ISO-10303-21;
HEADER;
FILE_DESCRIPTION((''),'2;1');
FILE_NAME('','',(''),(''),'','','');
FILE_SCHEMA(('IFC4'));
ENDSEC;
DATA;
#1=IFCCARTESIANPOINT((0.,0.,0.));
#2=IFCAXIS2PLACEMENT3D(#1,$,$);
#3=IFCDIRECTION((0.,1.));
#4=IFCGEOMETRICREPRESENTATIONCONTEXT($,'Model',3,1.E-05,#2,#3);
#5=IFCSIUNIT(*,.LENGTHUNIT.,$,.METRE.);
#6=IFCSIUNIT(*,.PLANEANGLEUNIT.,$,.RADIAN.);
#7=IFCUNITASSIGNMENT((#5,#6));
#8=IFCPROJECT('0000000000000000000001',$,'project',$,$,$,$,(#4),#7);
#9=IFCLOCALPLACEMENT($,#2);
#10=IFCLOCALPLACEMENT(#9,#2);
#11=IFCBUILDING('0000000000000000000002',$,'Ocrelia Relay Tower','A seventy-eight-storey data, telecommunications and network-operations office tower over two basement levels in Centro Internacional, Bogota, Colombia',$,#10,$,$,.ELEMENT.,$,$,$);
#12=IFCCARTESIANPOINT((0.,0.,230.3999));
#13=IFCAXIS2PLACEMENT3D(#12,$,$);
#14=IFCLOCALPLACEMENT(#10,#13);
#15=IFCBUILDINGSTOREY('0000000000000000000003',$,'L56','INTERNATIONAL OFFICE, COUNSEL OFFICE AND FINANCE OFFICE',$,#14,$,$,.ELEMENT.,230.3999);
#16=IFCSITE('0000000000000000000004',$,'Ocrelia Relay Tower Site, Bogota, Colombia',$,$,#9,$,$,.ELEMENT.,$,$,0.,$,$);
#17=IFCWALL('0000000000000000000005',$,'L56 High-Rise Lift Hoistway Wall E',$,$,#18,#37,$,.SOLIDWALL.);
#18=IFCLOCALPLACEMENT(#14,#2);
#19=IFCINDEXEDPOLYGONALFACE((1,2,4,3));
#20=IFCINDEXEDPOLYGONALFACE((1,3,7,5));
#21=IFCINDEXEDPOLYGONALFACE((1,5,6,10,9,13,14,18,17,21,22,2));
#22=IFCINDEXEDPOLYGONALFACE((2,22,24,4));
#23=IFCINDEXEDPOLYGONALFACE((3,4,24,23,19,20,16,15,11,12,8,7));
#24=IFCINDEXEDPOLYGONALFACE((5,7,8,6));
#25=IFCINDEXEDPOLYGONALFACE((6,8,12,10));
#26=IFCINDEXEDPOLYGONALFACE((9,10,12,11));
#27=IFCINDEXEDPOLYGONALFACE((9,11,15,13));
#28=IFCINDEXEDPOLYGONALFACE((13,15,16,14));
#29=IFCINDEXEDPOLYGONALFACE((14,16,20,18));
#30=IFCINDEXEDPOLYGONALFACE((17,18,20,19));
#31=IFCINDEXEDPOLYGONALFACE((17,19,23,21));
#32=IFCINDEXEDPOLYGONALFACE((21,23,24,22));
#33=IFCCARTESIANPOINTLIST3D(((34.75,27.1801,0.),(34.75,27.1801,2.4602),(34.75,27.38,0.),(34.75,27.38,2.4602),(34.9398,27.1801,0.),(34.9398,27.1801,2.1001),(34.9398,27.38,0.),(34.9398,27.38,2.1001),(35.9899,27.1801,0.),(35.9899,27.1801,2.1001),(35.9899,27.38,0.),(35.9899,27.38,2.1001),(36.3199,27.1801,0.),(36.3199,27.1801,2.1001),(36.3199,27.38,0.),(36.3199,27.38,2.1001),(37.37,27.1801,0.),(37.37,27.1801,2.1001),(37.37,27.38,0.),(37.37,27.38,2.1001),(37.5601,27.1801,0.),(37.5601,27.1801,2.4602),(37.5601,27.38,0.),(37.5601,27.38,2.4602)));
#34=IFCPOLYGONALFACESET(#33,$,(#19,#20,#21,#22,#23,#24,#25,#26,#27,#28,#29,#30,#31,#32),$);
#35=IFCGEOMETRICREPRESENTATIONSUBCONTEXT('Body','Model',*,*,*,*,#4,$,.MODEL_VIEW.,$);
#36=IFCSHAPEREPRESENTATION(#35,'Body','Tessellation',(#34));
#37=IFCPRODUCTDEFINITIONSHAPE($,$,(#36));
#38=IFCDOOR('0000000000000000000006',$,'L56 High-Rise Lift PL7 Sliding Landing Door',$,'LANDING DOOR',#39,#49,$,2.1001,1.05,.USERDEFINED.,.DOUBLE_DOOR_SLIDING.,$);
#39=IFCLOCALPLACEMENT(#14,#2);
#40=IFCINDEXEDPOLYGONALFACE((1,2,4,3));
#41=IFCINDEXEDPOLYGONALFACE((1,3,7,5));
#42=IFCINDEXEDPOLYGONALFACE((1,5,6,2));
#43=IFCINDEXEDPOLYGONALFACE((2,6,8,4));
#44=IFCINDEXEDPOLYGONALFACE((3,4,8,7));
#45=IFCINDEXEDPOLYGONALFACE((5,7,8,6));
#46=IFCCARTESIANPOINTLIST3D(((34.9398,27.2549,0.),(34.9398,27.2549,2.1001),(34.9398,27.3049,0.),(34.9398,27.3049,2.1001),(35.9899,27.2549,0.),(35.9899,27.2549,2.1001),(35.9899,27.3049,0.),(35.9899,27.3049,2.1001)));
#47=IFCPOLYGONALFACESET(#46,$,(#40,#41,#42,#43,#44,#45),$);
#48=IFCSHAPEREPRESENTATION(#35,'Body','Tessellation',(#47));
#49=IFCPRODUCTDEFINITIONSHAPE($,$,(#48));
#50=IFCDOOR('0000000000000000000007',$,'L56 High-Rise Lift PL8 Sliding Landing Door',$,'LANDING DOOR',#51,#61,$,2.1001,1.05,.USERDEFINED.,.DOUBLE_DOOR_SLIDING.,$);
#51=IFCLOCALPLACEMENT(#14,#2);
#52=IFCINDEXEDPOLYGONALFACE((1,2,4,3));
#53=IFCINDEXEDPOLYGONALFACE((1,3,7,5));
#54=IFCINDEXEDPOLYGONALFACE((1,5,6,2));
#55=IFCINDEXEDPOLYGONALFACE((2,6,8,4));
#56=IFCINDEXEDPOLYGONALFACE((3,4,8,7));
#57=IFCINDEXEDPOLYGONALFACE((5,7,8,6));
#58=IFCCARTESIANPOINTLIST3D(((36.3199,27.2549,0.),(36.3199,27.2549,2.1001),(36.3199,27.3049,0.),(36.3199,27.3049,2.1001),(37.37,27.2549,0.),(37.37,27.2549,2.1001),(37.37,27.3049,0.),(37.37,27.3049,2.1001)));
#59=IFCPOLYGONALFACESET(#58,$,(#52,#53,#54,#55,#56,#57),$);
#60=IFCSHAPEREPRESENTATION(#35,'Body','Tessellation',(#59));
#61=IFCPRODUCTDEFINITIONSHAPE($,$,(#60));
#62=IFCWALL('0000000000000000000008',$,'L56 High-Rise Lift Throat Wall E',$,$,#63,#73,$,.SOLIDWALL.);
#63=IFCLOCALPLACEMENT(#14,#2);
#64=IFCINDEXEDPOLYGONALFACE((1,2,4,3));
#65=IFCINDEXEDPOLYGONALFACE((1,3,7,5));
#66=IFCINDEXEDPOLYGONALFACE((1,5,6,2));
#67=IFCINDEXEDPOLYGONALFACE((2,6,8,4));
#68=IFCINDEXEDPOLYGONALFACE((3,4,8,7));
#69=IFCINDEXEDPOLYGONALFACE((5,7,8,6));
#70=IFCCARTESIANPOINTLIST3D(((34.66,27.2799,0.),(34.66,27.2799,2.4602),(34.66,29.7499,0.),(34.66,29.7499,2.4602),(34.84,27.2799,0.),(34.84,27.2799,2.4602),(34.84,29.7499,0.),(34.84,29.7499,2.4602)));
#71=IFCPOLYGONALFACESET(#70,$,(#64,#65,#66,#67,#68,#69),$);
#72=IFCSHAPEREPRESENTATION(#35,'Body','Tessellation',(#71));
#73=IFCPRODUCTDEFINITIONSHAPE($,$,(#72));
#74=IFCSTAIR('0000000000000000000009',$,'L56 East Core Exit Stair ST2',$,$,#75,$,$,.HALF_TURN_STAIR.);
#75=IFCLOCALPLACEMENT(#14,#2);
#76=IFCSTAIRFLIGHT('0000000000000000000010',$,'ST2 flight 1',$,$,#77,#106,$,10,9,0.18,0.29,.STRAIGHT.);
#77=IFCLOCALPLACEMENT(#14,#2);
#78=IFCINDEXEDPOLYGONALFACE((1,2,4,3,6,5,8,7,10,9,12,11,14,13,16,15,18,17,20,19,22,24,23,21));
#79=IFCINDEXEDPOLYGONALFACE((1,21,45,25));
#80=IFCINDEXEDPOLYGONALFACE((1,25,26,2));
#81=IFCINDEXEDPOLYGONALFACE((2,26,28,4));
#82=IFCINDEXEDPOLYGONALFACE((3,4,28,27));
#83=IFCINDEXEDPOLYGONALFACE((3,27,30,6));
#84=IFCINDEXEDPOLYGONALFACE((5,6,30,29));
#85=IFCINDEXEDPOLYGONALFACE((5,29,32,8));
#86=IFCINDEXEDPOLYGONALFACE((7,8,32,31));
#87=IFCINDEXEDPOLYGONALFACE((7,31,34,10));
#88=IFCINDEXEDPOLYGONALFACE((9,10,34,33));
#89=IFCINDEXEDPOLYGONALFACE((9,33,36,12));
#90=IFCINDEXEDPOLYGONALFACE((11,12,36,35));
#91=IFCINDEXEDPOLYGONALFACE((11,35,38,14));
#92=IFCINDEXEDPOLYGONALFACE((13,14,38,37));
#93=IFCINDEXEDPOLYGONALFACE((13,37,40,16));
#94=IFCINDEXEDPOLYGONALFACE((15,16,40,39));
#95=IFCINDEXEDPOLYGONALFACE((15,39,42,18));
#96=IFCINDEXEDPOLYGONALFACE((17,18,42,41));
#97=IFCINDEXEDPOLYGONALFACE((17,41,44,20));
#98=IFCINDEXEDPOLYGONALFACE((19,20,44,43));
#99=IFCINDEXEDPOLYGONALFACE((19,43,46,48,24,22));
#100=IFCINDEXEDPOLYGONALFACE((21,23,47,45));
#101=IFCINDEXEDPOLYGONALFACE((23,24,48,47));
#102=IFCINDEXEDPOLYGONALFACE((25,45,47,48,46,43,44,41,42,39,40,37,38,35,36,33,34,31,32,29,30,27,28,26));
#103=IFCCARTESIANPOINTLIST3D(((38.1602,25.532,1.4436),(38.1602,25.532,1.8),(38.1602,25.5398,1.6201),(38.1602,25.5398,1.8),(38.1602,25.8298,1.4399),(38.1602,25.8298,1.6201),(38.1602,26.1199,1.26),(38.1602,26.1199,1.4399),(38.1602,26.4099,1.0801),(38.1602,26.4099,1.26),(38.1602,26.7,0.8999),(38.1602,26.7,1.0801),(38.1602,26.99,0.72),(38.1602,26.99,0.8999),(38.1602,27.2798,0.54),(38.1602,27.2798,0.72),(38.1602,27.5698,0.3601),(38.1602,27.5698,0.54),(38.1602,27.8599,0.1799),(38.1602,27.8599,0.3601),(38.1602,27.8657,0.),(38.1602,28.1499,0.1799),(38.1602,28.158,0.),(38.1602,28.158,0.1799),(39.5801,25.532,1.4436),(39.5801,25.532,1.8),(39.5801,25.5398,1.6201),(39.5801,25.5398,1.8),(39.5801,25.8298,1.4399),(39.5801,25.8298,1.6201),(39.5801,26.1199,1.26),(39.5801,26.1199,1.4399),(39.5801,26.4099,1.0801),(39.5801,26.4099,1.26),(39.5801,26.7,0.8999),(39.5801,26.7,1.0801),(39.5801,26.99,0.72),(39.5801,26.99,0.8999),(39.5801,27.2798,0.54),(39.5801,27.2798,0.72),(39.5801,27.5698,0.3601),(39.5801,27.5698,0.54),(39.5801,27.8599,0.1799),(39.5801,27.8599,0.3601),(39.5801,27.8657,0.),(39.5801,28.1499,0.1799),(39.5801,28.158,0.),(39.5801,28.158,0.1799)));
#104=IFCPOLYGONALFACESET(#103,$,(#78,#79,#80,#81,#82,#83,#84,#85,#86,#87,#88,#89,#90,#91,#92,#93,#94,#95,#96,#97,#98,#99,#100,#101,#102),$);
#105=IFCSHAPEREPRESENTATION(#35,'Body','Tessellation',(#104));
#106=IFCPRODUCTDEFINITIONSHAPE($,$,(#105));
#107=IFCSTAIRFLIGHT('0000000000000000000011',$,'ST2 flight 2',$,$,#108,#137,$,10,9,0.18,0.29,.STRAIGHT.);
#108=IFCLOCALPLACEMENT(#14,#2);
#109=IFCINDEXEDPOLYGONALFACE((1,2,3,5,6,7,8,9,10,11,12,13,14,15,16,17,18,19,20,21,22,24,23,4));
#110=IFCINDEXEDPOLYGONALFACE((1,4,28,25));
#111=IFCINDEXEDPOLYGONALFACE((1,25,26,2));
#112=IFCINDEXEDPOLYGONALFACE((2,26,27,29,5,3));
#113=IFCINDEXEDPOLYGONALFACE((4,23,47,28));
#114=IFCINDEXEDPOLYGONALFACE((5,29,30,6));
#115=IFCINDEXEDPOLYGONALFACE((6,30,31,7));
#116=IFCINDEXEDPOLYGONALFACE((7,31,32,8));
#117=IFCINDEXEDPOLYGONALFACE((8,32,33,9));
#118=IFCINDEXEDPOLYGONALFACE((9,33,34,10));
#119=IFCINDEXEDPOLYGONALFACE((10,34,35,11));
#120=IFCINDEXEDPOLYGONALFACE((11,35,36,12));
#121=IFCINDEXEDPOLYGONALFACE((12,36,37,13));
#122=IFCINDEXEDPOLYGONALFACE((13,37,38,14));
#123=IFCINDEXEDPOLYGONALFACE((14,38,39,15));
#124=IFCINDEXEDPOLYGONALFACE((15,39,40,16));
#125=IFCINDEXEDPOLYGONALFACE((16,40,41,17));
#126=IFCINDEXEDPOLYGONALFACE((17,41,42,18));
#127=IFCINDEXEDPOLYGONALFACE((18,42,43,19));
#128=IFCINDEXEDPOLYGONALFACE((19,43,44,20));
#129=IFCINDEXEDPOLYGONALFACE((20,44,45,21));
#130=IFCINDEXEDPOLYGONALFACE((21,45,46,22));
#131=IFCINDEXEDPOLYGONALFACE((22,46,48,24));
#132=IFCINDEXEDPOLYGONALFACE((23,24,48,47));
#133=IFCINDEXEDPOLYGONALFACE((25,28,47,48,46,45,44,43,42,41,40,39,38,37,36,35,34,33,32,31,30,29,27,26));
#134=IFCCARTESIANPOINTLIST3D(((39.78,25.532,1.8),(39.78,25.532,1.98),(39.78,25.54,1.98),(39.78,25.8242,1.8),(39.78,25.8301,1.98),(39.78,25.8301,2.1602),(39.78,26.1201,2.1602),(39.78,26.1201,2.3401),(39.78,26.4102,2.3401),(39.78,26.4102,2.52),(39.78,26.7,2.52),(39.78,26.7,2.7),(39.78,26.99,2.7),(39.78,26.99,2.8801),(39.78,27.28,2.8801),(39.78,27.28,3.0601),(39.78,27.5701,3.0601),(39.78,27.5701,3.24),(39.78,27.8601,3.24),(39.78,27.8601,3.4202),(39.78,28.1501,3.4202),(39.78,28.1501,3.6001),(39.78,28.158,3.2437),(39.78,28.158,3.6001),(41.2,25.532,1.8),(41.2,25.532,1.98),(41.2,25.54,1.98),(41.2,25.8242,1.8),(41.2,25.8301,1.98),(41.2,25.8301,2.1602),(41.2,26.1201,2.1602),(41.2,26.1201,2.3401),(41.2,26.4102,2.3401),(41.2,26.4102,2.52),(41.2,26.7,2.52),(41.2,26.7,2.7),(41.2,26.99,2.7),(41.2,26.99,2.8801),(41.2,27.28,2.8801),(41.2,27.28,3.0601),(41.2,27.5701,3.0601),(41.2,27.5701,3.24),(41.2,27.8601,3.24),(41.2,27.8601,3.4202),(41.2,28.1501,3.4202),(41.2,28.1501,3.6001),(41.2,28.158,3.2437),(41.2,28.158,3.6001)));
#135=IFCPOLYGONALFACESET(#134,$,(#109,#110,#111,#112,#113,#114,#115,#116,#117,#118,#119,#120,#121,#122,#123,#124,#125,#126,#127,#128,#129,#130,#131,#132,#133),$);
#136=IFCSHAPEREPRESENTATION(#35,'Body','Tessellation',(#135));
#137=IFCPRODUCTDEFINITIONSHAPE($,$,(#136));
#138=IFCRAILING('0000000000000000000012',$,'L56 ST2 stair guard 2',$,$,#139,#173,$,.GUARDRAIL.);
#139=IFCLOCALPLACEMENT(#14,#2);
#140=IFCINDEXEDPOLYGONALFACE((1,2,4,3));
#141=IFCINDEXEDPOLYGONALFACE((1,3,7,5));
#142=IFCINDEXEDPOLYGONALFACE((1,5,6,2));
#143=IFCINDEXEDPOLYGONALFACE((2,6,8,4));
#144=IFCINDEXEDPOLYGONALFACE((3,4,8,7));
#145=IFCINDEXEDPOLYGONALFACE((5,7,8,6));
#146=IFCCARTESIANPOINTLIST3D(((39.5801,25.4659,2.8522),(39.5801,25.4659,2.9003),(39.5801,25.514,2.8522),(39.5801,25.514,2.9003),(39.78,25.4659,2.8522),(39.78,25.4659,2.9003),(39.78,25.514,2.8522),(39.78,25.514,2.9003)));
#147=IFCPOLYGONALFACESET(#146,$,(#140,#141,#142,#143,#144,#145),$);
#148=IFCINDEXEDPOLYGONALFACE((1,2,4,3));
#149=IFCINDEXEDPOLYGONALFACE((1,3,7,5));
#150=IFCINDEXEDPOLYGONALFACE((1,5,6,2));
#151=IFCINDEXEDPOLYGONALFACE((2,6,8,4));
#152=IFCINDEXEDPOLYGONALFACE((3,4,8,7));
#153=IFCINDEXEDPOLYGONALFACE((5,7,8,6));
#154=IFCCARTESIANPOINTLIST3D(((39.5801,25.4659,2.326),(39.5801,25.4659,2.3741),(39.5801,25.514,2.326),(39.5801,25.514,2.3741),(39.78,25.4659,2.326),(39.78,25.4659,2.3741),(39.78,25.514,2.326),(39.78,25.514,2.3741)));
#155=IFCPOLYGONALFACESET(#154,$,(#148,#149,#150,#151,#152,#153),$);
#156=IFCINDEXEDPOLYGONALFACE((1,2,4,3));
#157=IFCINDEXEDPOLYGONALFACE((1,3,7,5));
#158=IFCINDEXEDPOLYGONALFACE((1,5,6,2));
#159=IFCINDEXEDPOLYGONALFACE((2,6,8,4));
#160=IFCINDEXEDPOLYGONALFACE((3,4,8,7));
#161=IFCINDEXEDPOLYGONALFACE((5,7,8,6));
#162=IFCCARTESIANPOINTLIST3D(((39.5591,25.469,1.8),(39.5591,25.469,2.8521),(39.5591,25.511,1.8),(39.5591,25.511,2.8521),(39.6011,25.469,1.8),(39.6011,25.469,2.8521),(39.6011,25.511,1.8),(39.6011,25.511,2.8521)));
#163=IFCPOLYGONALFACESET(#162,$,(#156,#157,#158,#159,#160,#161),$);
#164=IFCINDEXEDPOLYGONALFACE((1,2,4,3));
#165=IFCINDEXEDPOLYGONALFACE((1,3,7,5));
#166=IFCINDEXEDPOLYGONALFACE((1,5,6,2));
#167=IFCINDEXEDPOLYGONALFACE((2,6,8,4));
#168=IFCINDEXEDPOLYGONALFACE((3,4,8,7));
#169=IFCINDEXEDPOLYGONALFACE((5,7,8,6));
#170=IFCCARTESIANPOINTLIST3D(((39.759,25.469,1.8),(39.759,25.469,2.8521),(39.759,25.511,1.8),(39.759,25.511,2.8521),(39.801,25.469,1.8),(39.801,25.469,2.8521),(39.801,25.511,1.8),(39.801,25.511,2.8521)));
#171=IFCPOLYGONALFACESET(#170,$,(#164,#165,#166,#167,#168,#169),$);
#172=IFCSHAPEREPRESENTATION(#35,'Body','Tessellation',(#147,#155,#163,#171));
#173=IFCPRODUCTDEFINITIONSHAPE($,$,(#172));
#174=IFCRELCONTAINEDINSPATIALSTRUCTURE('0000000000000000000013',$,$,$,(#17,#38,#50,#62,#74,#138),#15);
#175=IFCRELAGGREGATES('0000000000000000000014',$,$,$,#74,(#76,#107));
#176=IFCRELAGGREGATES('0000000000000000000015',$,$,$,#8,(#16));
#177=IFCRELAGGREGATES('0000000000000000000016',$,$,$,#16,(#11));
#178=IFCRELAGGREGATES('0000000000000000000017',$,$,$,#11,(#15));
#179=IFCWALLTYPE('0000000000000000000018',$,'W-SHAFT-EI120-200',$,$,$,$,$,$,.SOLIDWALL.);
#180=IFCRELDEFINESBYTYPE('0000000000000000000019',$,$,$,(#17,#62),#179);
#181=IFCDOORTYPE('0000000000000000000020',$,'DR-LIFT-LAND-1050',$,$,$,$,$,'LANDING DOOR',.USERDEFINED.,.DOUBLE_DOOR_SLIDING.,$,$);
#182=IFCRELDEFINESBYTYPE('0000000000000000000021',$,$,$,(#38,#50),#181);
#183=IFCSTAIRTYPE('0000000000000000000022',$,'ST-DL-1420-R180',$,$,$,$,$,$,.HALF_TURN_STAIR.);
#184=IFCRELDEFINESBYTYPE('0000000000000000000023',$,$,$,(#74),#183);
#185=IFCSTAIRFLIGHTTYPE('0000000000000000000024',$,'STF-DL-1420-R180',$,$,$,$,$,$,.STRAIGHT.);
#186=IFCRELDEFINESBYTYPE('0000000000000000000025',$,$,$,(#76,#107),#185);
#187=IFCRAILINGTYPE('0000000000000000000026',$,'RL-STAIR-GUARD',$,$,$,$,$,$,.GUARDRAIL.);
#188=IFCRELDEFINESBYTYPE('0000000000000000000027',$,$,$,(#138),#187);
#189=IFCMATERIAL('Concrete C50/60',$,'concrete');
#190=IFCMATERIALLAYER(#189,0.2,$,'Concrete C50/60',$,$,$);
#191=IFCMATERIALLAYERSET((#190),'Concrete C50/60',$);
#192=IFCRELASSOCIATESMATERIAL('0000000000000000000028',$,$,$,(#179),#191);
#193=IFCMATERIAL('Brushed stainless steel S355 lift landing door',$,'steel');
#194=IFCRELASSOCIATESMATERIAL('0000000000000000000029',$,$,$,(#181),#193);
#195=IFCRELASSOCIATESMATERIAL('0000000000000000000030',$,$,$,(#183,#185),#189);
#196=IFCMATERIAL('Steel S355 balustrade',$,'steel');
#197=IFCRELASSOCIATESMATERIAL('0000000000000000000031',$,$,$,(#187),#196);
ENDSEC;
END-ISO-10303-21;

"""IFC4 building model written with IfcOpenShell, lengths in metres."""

from ifc_helpers import new_model, si_unit, direction, frame, frame_2d, origin, origin_2d, place, context, subcontext, project, spatial, polyline, rectangle, outline, extrude, material, layer, layer_set, type_object, element, fill, aggregate, save


model = new_model("IFC4")

# Units and contexts
model_context = context("Model", 3, precision=1e-05, world=origin(), true_north=direction((0.0, 1.0)))
body_context = subcontext(model_context, "Body", "Model", "MODEL_VIEW")
ifc_project = project(units=[si_unit("LENGTHUNIT", "METRE"), si_unit("PLANEANGLEUNIT", "RADIAN")], contexts=[model_context])

# Site, building, storey
site_placement = place(None, origin())
site = spatial("IfcSite", under=ifc_project, at=site_placement, Name="Ocrelia Relay Tower Site, Bogota, Colombia", CompositionType="ELEMENT", RefElevation=0.0)
building_placement = place(site_placement, origin())
building = spatial("IfcBuilding", under=site, at=building_placement, Name="Ocrelia Relay Tower", Description="A seventy-eight-storey data, telecommunications and network-operations office tower over two basement levels in Centro Internacional, Bogota, Colombia", CompositionType="ELEMENT")
storey_placement = place(building_placement, frame((0.0, 0.0, 230.3999)))
storey = spatial("IfcBuildingStorey", under=building, at=storey_placement, Name="L56", Description="INTERNATIONAL OFFICE, COUNSEL OFFICE AND FINANCE OFFICE", CompositionType="ELEMENT", Elevation=230.3999)

# Shared definitions
ifc_material_1 = material(Name="Concrete C50/60", Category="concrete")

# Shared definitions
ifc_layer_1 = layer(ifc_material_1, 0.2, Name="Concrete C50/60")
ifc_layer_set_1 = layer_set([ifc_layer_1], Name="Concrete C50/60")
wall_type_1 = type_object("IfcWallType", Name="W-SHAFT-EI120-200", PredefinedType="SOLIDWALL", material=ifc_layer_set_1)

# Wall, openings, doors
wall_1_placement = place(storey_placement, frame((34.75, 27.28, 0.0), z_axis=(0.0, 0.0, 1.0), x_axis=(1.0, 0.0, 0.0)))
wall_1 = element("IfcWall", 1, at=wall_1_placement, inside=storey, type_object=wall_type_1, Name="L56 High-Rise Lift Hoistway Wall E", PredefinedType="SOLIDWALL", context=body_context, shape_type="SweptSolid", body=[
    extrude(rectangle(XDim=2.8101, YDim=0.2, at=frame_2d((1.405, 0.0))), origin(), (0.0, 0.0, 1.0), 2.4602),
])
opening_1_placement = place(wall_1_placement, frame((0.1899, 0.0, 0.0)))
opening_1 = element("IfcOpeningElement", 2, at=opening_1_placement, cuts=wall_1, PredefinedType="OPENING", context=body_context, shape_type="SweptSolid", body=[
    extrude(rectangle(XDim=1.05, YDim=2.1001, at=frame_2d((0.5249, 1.05))), frame((0.0, 0.1099, 0.0), z_axis=(0.0, -1.0, 0.0), x_axis=(1.0, 0.0, 0.0)), (0.0, 0.0, 1.0), 0.22),
])
opening_2_placement = place(wall_1_placement, frame((1.5701, 0.0, 0.0)))
opening_2 = element("IfcOpeningElement", 3, at=opening_2_placement, cuts=wall_1, PredefinedType="OPENING", context=body_context, shape_type="SweptSolid", body=[
    extrude(rectangle(XDim=1.05, YDim=2.1001, at=frame_2d((0.5249, 1.05))), frame((0.0, 0.1099, 0.0), z_axis=(0.0, -1.0, 0.0), x_axis=(1.0, 0.0, 0.0)), (0.0, 0.0, 1.0), 0.22),
])
ifc_material_2 = material(Name="Brushed stainless steel S355 lift landing door", Category="steel")
door_type = type_object("IfcDoorType", Name="DR-LIFT-LAND-1050", ElementType="LANDING DOOR", OperationType="DOUBLE_DOOR_SLIDING", PredefinedType="USERDEFINED", material=ifc_material_2)
door_1_placement = place(opening_1_placement, origin())
door_1 = element("IfcDoor", 4, at=door_1_placement, inside=storey, type_object=door_type, Name="L56 High-Rise Lift PL7 Sliding Landing Door", ObjectType="LANDING DOOR", OperationType="DOUBLE_DOOR_SLIDING", OverallHeight=2.1001, OverallWidth=1.05, PredefinedType="USERDEFINED", context=body_context, shape_type="SweptSolid", body=[
    extrude(rectangle(XDim=1.05, YDim=2.1001, at=frame_2d((0.5249, 1.05))), frame((0.0, 0.0249, 0.0), z_axis=(0.0, -1.0, 0.0), x_axis=(1.0, 0.0, 0.0)), (0.0, 0.0, 1.0), 0.05),
])
fill(opening_1, door_1)
door_2_placement = place(opening_2_placement, origin())
door_2 = element("IfcDoor", 5, at=door_2_placement, inside=storey, type_object=door_type, Name="L56 High-Rise Lift PL8 Sliding Landing Door", ObjectType="LANDING DOOR", OperationType="DOUBLE_DOOR_SLIDING", OverallHeight=2.1001, OverallWidth=1.05, PredefinedType="USERDEFINED", context=body_context, shape_type="SweptSolid", body=[
    extrude(rectangle(XDim=1.05, YDim=2.1001, at=frame_2d((0.5249, 1.05))), frame((0.0, 0.0249, 0.0), z_axis=(0.0, -1.0, 0.0), x_axis=(1.0, 0.0, 0.0)), (0.0, 0.0, 1.0), 0.05),
])
fill(opening_2, door_2)

# Wall
wall_2_placement = place(storey_placement, frame((34.75, 27.28, 0.0), z_axis=(0.0, 0.0, 1.0), x_axis=(0.0, 1.0, 0.0)))
element("IfcWall", 6, at=wall_2_placement, inside=storey, type_object=wall_type_1, Name="L56 High-Rise Lift Throat Wall E", PredefinedType="SOLIDWALL", context=body_context, shape_type="SweptSolid", body=[
    extrude(rectangle(XDim=2.47, YDim=0.1799, at=frame_2d((1.2349, 0.0))), origin(), (0.0, 0.0, 1.0), 2.4602),
])

# Stair, stair flights
stair_type = type_object("IfcStairType", Name="ST-DL-1420-R180", PredefinedType="HALF_TURN_STAIR", material=ifc_material_1)
stair_placement = place(storey_placement, origin())
stair = element("IfcStair", 7, at=stair_placement, inside=storey, type_object=stair_type, Name="L56 East Core Exit Stair ST2", PredefinedType="HALF_TURN_STAIR")
stair_flight_type = type_object("IfcStairFlightType", Name="STF-DL-1420-R180", PredefinedType="STRAIGHT", material=ifc_material_1)
stair_flight_1_placement = place(storey_placement, frame((38.8701, 28.1499, 0.0), z_axis=(0.0, 0.0, 1.0), x_axis=(0.0, -1.0, 0.0)))
stair_flight_1 = element("IfcStairFlight", 8, at=stair_flight_1_placement, type_object=stair_flight_type, Name="ST2 flight 1", NumberOfRisers=10, NumberOfTreads=9, PredefinedType="STRAIGHT", RiserHeight=0.18, TreadLength=0.29, context=body_context, shape_type="SweptSolid", body=[
    extrude(outline(polyline([(-0.0081, 0.0), (-0.0081, 0.1799), (0.0, 0.1799), (0.29, 0.1799), (0.29, 0.3601), (0.5801, 0.3601), (0.5801, 0.54), (0.8701, 0.54), (0.8701, 0.72), (1.1599, 0.72), (1.1599, 0.8999), (1.45, 0.8999), (1.45, 1.0801), (1.74, 1.0801), (1.74, 1.26), (2.03, 1.26), (2.03, 1.4399), (2.3201, 1.4399), (2.3201, 1.6201), (2.6101, 1.6201), (2.6101, 1.8), (2.6179, 1.8), (2.6179, 1.4436), (0.2842, 0.0), (-0.0081, 0.0)])), frame((0.0, 0.71, 0.0), z_axis=(0.0, -1.0, 0.0), x_axis=(1.0, 0.0, 0.0)), (0.0, 0.0, 1.0), 1.4199),
])
stair_flight_2_placement = place(storey_placement, frame((40.49, 25.54, 1.8), z_axis=(0.0, 0.0, 1.0), x_axis=(0.0, 1.0, 0.0)))
stair_flight_2 = element("IfcStairFlight", 9, at=stair_flight_2_placement, type_object=stair_flight_type, Name="ST2 flight 2", NumberOfRisers=10, NumberOfTreads=9, PredefinedType="STRAIGHT", RiserHeight=0.18, TreadLength=0.29, context=body_context, shape_type="SweptSolid", body=[
    extrude(outline(polyline([(-0.0081, 0.0), (-0.0081, 0.1799), (0.0, 0.1799), (0.29, 0.1799), (0.29, 0.3601), (0.5801, 0.3601), (0.5801, 0.54), (0.8701, 0.54), (0.8701, 0.72), (1.1599, 0.72), (1.1599, 0.8999), (1.45, 0.8999), (1.45, 1.0801), (1.74, 1.0801), (1.74, 1.26), (2.03, 1.26), (2.03, 1.4399), (2.3201, 1.4399), (2.3201, 1.6201), (2.6101, 1.6201), (2.6101, 1.8), (2.6179, 1.8), (2.6179, 1.4436), (0.2842, 0.0), (-0.0081, 0.0)])), frame((0.0, 0.71, 0.0), z_axis=(0.0, -1.0, 0.0), x_axis=(1.0, 0.0, 0.0)), (0.0, 0.0, 1.0), 1.4199),
])
aggregate(stair, [stair_flight_1, stair_flight_2])

# Railing
ifc_material_3 = material(Name="Steel S355 balustrade", Category="steel")
railing_type_1 = type_object("IfcRailingType", Name="RL-STAIR-GUARD", PredefinedType="GUARDRAIL", material=ifc_material_3)
railing_1_placement = place(storey_placement, frame((39.5801, 25.49, 1.8)))
element("IfcRailing", 10, at=railing_1_placement, inside=storey, type_object=railing_type_1, Name="L56 ST2 stair guard 2", PredefinedType="GUARDRAIL", context=body_context, shape_type="SweptSolid", body=[
    extrude(rectangle(XDim=0.0481, YDim=0.0481, at=origin_2d()), frame((0.0, 0.0, 1.0762), z_axis=(1.0, 0.0, 0.0), x_axis=(0.0, 1.0, 0.0)), (0.0, 0.0, 1.0), 0.2),
    extrude(rectangle(XDim=0.0481, YDim=0.0481, at=origin_2d()), frame((0.0, 0.0, 0.55), z_axis=(1.0, 0.0, 0.0), x_axis=(0.0, 1.0, 0.0)), (0.0, 0.0, 1.0), 0.2),
    extrude(rectangle(XDim=0.042, YDim=0.042, at=origin_2d()), origin(), (0.0, 0.0, 1.0), 1.052),
    extrude(rectangle(XDim=0.042, YDim=0.042, at=origin_2d()), frame((0.2, 0.0, 0.0)), (0.0, 0.0, 1.0), 1.052),
])

save(model, "model.ifc")
